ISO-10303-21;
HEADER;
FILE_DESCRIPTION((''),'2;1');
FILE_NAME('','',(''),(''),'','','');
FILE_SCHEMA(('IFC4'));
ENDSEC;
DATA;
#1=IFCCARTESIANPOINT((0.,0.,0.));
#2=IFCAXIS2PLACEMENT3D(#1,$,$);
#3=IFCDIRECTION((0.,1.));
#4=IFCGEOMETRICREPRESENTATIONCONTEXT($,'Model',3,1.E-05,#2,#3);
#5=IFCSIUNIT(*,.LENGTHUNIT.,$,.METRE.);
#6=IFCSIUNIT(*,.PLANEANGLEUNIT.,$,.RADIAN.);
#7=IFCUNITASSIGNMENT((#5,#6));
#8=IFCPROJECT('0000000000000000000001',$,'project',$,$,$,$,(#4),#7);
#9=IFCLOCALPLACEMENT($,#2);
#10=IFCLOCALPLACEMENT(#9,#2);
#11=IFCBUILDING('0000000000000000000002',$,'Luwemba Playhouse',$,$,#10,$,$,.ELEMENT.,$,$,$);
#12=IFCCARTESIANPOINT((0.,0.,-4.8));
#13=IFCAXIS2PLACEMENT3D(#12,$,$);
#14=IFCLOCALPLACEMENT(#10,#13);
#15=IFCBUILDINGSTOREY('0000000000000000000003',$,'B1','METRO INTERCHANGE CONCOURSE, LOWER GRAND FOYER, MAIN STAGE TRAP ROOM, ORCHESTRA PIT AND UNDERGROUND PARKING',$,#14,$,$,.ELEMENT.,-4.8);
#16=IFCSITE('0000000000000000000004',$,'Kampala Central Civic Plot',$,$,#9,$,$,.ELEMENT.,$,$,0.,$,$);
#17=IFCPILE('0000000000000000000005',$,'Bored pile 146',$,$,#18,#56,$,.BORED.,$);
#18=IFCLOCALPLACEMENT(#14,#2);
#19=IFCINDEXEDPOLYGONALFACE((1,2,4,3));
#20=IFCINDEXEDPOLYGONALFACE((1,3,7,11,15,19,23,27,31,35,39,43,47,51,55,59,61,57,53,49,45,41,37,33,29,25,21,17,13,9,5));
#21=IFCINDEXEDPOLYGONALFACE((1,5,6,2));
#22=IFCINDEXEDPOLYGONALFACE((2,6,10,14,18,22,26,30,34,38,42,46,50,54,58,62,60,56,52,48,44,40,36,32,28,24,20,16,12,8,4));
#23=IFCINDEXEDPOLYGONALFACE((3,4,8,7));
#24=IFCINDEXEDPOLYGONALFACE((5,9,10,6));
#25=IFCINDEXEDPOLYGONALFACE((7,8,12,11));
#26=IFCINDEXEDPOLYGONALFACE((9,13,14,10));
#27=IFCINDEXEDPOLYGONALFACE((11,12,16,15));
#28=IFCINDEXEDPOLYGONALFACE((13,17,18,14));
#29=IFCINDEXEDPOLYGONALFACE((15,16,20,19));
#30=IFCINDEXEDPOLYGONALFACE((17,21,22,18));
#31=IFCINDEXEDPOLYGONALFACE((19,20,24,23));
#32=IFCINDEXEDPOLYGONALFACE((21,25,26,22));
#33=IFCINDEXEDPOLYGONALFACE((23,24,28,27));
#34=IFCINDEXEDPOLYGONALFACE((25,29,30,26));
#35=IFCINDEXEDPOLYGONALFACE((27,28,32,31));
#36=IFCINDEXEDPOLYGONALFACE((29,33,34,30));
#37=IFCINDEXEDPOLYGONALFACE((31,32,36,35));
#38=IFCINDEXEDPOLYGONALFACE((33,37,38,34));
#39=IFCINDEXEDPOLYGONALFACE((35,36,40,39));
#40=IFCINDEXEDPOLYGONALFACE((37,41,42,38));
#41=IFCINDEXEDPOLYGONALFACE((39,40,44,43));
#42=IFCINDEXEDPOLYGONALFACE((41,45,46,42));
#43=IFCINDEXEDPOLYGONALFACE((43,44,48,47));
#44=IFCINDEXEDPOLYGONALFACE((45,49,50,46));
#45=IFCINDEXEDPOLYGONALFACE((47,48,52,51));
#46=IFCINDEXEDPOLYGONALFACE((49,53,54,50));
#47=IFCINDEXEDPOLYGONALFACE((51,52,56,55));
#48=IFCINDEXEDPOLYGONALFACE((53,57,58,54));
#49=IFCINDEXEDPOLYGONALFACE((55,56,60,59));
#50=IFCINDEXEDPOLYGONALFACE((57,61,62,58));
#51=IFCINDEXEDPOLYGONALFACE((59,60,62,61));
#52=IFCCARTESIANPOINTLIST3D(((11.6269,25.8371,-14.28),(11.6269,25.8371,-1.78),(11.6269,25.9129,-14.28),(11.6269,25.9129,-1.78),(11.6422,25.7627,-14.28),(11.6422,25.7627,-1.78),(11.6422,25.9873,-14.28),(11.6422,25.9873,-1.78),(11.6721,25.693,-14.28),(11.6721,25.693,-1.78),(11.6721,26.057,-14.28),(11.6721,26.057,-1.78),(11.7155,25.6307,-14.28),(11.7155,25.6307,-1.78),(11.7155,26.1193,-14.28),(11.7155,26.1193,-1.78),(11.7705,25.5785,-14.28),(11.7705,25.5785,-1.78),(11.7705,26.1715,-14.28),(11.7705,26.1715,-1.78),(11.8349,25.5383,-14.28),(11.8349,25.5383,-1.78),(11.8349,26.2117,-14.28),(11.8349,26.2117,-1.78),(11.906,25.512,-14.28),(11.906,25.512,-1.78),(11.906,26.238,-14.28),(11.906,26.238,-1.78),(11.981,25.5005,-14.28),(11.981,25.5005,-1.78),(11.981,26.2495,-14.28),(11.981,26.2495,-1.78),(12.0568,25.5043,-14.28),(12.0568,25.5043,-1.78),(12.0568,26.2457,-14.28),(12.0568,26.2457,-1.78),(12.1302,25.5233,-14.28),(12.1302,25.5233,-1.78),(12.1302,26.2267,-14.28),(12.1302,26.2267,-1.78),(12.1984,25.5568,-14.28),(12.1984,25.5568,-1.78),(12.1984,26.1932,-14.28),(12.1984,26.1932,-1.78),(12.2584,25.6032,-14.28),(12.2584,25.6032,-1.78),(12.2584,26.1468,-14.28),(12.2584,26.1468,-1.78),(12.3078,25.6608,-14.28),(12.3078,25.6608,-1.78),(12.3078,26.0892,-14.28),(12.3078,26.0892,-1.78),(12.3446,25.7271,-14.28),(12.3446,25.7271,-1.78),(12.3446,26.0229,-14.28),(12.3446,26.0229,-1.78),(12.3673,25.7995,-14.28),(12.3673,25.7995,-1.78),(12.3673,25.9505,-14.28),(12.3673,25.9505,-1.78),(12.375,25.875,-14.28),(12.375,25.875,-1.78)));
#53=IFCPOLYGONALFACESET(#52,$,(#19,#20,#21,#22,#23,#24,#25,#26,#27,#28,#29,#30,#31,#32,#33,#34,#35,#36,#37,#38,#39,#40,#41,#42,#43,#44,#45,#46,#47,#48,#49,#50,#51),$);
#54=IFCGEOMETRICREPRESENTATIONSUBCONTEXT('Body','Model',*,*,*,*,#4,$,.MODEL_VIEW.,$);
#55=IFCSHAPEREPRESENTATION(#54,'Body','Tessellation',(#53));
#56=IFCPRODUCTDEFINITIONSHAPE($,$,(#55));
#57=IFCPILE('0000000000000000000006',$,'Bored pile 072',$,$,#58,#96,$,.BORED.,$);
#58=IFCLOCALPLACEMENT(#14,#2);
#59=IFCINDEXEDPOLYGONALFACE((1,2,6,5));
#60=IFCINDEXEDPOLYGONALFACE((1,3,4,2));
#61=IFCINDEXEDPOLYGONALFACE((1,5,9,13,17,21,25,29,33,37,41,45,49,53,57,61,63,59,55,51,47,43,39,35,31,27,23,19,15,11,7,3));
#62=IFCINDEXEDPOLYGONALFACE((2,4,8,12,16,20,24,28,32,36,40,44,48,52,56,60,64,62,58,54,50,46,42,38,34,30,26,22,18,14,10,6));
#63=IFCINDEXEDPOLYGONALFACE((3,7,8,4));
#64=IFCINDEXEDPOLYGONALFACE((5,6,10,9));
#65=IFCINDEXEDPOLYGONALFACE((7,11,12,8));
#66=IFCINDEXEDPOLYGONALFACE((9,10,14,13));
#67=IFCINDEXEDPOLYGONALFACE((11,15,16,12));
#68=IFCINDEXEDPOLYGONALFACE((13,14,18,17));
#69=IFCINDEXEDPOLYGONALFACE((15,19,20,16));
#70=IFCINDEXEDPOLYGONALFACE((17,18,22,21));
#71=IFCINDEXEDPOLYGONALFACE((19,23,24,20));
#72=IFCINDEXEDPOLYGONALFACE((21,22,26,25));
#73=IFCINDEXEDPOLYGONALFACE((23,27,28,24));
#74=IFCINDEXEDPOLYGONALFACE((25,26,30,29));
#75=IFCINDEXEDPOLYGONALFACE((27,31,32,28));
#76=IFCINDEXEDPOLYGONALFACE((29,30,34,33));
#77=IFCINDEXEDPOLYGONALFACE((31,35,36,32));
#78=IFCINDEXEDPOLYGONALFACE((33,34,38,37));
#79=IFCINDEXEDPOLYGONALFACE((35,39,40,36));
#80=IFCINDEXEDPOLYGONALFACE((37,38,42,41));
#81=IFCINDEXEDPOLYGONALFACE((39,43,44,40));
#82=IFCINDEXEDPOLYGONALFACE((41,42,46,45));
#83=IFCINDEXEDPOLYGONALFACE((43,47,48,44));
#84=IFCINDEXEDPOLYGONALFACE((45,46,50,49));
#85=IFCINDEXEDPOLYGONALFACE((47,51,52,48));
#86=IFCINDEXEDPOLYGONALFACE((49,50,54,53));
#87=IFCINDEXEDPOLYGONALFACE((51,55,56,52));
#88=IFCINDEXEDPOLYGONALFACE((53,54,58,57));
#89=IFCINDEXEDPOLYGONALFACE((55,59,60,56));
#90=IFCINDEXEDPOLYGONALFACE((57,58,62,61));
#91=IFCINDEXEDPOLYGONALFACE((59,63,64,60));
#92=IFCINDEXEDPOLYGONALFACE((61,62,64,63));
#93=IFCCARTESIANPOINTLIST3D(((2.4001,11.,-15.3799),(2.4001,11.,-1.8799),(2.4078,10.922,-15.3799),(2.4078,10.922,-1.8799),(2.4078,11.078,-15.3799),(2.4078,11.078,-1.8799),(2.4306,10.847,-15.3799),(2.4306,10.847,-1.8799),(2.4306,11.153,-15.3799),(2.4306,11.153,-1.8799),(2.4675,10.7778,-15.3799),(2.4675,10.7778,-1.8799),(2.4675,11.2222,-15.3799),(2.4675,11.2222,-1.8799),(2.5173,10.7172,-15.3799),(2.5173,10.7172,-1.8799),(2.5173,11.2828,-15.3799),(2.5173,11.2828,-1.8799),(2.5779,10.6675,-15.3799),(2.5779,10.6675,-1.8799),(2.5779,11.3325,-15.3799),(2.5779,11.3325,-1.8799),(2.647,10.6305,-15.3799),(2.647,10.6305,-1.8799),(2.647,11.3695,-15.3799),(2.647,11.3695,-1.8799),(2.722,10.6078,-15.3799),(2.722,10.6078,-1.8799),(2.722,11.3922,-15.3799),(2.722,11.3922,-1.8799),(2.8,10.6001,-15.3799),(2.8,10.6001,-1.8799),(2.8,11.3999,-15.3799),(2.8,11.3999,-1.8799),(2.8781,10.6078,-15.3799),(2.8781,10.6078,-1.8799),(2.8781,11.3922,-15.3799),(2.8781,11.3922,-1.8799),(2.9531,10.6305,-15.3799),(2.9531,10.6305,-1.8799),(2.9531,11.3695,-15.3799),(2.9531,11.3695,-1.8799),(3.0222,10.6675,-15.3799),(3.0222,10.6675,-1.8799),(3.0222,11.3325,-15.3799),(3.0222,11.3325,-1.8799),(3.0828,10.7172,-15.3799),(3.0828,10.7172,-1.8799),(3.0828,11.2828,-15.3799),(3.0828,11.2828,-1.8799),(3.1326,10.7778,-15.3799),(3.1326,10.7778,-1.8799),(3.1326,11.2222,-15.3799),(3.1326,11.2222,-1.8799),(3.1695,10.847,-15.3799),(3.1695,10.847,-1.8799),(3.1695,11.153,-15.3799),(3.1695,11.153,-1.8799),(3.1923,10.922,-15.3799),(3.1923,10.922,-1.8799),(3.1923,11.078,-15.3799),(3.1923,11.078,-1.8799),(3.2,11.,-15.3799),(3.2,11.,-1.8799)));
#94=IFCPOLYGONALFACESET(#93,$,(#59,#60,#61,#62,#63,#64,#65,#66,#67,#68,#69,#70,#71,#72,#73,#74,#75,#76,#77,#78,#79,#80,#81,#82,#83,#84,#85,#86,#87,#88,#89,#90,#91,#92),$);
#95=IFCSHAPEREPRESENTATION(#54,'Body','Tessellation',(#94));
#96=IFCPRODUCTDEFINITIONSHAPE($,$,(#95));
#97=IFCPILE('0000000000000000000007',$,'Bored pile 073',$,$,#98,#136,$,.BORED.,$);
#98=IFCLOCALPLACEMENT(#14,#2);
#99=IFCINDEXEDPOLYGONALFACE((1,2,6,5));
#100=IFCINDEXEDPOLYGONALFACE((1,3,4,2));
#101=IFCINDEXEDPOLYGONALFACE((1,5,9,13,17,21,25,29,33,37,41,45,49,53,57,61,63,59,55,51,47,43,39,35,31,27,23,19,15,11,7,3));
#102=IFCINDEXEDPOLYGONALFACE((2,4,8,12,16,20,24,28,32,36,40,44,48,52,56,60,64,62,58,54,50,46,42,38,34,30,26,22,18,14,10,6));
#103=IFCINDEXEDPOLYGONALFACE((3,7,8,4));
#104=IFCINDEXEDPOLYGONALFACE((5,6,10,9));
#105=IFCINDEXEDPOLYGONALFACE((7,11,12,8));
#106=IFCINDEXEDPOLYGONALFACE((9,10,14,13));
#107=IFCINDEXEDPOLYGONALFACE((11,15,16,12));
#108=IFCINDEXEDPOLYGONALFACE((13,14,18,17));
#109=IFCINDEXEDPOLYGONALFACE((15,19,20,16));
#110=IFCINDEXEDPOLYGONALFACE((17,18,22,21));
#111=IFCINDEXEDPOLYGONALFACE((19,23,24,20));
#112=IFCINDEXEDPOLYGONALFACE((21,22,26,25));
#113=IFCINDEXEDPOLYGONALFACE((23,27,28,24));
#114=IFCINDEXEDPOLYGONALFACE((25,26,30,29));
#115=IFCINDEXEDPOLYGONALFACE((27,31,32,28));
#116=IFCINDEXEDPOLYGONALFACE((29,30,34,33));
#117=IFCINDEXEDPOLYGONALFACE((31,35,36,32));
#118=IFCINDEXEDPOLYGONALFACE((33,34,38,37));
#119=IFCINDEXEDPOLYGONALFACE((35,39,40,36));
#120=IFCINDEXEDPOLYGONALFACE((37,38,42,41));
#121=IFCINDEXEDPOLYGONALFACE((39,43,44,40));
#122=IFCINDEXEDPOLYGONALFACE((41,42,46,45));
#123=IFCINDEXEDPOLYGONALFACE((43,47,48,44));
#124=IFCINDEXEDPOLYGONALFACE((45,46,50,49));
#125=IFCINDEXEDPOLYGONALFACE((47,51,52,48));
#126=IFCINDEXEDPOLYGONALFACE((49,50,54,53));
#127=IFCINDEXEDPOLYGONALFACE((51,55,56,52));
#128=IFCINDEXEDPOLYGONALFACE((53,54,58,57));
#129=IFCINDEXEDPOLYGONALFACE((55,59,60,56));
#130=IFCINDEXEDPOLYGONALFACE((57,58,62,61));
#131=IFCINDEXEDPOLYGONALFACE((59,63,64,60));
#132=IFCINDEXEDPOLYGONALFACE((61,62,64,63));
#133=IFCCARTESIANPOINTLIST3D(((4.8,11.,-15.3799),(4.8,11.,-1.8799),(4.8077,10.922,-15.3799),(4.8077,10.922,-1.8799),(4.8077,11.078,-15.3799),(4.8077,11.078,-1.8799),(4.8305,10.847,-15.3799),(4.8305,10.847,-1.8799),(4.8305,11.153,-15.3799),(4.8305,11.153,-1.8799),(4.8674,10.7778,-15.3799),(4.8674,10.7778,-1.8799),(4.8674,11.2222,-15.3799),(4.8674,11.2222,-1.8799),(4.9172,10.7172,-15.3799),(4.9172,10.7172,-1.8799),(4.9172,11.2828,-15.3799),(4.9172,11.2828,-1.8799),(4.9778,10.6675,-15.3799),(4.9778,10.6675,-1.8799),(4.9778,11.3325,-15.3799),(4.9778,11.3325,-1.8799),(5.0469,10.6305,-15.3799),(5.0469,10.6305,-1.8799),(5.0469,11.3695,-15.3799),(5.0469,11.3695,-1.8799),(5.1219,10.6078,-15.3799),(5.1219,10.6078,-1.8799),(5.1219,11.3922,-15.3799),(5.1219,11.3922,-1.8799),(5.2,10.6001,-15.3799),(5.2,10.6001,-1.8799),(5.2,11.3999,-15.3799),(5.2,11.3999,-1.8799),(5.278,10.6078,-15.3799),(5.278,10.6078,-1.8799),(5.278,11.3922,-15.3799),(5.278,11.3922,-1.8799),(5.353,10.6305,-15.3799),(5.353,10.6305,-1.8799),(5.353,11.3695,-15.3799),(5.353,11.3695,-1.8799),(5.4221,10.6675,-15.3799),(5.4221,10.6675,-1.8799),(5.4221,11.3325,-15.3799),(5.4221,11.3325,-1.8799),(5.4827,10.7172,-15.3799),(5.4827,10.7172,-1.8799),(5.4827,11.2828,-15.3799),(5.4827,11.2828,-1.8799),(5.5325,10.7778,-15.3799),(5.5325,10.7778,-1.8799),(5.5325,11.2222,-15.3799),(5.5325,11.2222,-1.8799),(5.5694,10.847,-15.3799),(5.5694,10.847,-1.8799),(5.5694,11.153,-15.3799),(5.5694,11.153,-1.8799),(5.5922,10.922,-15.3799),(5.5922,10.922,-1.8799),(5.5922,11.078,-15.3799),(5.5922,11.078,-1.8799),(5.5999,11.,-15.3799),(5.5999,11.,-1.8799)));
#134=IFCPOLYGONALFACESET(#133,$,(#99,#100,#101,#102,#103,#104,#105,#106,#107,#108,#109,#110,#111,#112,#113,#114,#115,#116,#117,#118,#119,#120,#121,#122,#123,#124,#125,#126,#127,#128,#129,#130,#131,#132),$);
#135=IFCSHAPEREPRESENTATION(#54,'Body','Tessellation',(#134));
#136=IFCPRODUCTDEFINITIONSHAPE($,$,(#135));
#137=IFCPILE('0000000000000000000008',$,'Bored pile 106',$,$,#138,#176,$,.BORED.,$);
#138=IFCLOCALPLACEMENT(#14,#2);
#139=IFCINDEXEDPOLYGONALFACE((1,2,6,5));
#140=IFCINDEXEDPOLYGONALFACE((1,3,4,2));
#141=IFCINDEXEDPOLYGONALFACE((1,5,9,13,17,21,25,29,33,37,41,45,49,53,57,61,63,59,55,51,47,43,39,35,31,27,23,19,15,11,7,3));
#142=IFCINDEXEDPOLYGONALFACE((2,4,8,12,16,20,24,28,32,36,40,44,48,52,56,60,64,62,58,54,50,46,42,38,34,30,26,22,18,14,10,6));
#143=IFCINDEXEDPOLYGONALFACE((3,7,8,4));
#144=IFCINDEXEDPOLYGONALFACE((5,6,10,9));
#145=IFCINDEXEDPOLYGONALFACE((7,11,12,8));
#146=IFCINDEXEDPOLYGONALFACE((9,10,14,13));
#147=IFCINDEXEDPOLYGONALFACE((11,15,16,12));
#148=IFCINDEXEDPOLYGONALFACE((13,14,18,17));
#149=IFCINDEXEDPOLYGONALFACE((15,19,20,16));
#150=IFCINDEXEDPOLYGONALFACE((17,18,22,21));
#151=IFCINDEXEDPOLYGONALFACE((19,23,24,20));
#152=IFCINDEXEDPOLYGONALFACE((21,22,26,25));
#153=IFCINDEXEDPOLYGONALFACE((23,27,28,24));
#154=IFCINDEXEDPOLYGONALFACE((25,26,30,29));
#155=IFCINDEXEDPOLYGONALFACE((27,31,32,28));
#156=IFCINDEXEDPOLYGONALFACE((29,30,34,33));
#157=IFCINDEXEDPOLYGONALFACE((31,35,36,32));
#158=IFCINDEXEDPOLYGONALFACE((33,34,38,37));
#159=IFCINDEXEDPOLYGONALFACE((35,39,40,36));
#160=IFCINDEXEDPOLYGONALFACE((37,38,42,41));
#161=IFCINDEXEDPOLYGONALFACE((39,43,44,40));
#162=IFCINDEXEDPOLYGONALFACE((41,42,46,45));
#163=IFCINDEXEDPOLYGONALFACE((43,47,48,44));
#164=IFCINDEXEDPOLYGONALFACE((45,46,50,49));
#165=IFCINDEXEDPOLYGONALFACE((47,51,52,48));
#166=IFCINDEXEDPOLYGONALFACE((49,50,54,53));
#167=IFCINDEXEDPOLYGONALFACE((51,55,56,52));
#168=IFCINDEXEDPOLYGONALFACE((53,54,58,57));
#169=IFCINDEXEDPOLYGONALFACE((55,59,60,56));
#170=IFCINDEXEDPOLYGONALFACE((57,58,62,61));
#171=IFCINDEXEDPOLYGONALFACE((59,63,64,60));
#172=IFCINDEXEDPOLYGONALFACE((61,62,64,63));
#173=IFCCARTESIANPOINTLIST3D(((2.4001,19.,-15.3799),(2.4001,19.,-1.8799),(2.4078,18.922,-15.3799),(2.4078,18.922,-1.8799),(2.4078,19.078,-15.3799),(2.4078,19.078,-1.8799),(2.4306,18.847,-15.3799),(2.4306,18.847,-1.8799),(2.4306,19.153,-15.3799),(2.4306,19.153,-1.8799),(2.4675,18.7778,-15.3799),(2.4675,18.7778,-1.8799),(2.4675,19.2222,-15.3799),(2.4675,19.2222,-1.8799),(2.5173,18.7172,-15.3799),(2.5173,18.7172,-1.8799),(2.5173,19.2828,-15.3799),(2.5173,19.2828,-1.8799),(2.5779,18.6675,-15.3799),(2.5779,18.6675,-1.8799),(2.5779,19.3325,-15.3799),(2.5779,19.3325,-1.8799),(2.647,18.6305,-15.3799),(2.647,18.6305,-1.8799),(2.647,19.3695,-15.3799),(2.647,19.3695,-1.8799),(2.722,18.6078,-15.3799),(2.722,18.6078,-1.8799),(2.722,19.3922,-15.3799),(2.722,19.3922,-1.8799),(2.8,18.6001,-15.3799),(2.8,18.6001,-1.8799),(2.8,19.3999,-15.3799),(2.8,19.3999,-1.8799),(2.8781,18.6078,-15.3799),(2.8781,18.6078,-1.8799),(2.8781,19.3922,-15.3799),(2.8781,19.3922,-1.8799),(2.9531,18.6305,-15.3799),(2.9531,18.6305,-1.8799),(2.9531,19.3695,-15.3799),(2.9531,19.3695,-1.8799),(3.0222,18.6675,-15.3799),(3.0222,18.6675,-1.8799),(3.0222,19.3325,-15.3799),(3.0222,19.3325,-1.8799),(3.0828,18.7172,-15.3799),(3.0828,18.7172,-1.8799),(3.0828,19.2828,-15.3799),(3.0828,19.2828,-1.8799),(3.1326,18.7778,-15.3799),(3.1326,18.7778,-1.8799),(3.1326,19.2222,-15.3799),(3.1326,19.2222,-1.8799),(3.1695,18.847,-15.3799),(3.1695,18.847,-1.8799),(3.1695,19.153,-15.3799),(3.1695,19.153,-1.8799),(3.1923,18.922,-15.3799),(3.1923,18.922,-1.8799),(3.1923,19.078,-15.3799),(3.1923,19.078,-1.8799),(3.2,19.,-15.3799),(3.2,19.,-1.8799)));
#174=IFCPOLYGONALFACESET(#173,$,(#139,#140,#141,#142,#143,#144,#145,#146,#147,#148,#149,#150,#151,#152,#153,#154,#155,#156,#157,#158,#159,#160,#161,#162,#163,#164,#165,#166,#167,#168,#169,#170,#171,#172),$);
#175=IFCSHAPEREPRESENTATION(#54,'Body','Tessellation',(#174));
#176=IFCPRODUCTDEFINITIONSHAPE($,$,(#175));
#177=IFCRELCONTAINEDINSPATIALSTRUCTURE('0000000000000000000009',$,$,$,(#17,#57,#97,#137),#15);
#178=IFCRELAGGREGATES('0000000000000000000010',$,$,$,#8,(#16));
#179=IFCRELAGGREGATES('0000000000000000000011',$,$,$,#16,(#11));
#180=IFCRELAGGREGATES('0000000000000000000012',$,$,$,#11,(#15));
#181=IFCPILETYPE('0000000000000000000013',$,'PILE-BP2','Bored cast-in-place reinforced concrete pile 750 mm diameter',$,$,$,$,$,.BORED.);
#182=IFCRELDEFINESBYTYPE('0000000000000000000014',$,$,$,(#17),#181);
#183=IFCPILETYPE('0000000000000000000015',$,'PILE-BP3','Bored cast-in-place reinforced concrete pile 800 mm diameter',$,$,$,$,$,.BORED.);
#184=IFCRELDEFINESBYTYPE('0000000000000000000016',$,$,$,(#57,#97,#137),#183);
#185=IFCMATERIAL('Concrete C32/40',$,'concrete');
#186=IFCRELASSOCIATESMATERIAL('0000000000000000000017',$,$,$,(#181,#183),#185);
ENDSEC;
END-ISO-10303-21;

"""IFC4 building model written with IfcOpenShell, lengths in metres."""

from ifc_helpers import new_model, si_unit, direction, frame, origin, origin_2d, place, context, subcontext, project, spatial, circle, extrude, material, material_profile, profile_set, type_object, element, save


model = new_model("IFC4")

# Units and contexts
model_context = context("Model", 3, precision=1e-05, world=origin(), true_north=direction((0.0, 1.0)))
body_context = subcontext(model_context, "Body", "Model", "MODEL_VIEW")
ifc_project = project(units=[si_unit("LENGTHUNIT", "METRE"), si_unit("PLANEANGLEUNIT", "RADIAN")], contexts=[model_context])

# Site, building, storey
site_placement = place(None, origin())
site = spatial("IfcSite", under=ifc_project, at=site_placement, Name="Kampala Central Civic Plot", CompositionType="ELEMENT", RefElevation=0.0)
building_placement = place(site_placement, origin())
building = spatial("IfcBuilding", under=site, at=building_placement, Name="Luwemba Playhouse", CompositionType="ELEMENT")
storey_placement = place(building_placement, frame((0.0, 0.0, -4.8)))
storey = spatial("IfcBuildingStorey", under=building, at=storey_placement, Name="B1", Description="METRO INTERCHANGE CONCOURSE, LOWER GRAND FOYER, MAIN STAGE TRAP ROOM, ORCHESTRA PIT AND UNDERGROUND PARKING", CompositionType="ELEMENT", Elevation=-4.8)

# Shared definitions
ifc_material_1 = material(Name="Concrete C32/40", Category="concrete")

# Piles
ifc_material_profile_1 = material_profile(ifc_material_1, circle(Radius=0.375, at=origin_2d()))
ifc_profile_set_1 = profile_set([ifc_material_profile_1], Name="Concrete C32/40")
pile_type_1 = type_object("IfcPileType", Name="PILE-BP2", Description="Bored cast-in-place reinforced concrete pile 750 mm diameter", PredefinedType="BORED", material=ifc_profile_set_1)
for number, where, z_axis, x_axis, name in (
    (1, (12.0, 25.875, -1.78), (0.0, 0.0, -1.0), (1.0, 0.0, 0.0), "Bored pile 146"),
):
    element("IfcPile", number, at=place(storey_placement, frame(where, z_axis=z_axis, x_axis=x_axis)), inside=storey, type_object=pile_type_1, Name=name, PredefinedType="BORED", context=body_context, shape_type="SweptSolid", body=[
        extrude(circle(Radius=0.375, at=origin_2d()), origin(), (0.0, 0.0, 1.0), 12.5),
    ])
ifc_material_profile_2 = material_profile(ifc_material_1, circle(Radius=0.3999, at=origin_2d()))
ifc_profile_set_2 = profile_set([ifc_material_profile_2], Name="Concrete C32/40")
pile_type_2 = type_object("IfcPileType", Name="PILE-BP3", Description="Bored cast-in-place reinforced concrete pile 800 mm diameter", PredefinedType="BORED", material=ifc_profile_set_2)
for number, where, z_axis, x_axis, name in (
    (2, (2.8, 11.0, -1.8799), (0.0, 0.0, -1.0), (1.0, 0.0, 0.0), "Bored pile 072"),
    (3, (5.2, 11.0, -1.8799), (0.0, 0.0, -1.0), (1.0, 0.0, 0.0), "Bored pile 073"),
    (4, (2.8, 19.0, -1.8799), (0.0, 0.0, -1.0), (1.0, 0.0, 0.0), "Bored pile 106"),
):
    element("IfcPile", number, at=place(storey_placement, frame(where, z_axis=z_axis, x_axis=x_axis)), inside=storey, type_object=pile_type_2, Name=name, PredefinedType="BORED", context=body_context, shape_type="SweptSolid", body=[
        extrude(circle(Radius=0.3999, at=origin_2d()), origin(), (0.0, 0.0, 1.0), 13.5),
    ])

save(model, "model.ifc")
